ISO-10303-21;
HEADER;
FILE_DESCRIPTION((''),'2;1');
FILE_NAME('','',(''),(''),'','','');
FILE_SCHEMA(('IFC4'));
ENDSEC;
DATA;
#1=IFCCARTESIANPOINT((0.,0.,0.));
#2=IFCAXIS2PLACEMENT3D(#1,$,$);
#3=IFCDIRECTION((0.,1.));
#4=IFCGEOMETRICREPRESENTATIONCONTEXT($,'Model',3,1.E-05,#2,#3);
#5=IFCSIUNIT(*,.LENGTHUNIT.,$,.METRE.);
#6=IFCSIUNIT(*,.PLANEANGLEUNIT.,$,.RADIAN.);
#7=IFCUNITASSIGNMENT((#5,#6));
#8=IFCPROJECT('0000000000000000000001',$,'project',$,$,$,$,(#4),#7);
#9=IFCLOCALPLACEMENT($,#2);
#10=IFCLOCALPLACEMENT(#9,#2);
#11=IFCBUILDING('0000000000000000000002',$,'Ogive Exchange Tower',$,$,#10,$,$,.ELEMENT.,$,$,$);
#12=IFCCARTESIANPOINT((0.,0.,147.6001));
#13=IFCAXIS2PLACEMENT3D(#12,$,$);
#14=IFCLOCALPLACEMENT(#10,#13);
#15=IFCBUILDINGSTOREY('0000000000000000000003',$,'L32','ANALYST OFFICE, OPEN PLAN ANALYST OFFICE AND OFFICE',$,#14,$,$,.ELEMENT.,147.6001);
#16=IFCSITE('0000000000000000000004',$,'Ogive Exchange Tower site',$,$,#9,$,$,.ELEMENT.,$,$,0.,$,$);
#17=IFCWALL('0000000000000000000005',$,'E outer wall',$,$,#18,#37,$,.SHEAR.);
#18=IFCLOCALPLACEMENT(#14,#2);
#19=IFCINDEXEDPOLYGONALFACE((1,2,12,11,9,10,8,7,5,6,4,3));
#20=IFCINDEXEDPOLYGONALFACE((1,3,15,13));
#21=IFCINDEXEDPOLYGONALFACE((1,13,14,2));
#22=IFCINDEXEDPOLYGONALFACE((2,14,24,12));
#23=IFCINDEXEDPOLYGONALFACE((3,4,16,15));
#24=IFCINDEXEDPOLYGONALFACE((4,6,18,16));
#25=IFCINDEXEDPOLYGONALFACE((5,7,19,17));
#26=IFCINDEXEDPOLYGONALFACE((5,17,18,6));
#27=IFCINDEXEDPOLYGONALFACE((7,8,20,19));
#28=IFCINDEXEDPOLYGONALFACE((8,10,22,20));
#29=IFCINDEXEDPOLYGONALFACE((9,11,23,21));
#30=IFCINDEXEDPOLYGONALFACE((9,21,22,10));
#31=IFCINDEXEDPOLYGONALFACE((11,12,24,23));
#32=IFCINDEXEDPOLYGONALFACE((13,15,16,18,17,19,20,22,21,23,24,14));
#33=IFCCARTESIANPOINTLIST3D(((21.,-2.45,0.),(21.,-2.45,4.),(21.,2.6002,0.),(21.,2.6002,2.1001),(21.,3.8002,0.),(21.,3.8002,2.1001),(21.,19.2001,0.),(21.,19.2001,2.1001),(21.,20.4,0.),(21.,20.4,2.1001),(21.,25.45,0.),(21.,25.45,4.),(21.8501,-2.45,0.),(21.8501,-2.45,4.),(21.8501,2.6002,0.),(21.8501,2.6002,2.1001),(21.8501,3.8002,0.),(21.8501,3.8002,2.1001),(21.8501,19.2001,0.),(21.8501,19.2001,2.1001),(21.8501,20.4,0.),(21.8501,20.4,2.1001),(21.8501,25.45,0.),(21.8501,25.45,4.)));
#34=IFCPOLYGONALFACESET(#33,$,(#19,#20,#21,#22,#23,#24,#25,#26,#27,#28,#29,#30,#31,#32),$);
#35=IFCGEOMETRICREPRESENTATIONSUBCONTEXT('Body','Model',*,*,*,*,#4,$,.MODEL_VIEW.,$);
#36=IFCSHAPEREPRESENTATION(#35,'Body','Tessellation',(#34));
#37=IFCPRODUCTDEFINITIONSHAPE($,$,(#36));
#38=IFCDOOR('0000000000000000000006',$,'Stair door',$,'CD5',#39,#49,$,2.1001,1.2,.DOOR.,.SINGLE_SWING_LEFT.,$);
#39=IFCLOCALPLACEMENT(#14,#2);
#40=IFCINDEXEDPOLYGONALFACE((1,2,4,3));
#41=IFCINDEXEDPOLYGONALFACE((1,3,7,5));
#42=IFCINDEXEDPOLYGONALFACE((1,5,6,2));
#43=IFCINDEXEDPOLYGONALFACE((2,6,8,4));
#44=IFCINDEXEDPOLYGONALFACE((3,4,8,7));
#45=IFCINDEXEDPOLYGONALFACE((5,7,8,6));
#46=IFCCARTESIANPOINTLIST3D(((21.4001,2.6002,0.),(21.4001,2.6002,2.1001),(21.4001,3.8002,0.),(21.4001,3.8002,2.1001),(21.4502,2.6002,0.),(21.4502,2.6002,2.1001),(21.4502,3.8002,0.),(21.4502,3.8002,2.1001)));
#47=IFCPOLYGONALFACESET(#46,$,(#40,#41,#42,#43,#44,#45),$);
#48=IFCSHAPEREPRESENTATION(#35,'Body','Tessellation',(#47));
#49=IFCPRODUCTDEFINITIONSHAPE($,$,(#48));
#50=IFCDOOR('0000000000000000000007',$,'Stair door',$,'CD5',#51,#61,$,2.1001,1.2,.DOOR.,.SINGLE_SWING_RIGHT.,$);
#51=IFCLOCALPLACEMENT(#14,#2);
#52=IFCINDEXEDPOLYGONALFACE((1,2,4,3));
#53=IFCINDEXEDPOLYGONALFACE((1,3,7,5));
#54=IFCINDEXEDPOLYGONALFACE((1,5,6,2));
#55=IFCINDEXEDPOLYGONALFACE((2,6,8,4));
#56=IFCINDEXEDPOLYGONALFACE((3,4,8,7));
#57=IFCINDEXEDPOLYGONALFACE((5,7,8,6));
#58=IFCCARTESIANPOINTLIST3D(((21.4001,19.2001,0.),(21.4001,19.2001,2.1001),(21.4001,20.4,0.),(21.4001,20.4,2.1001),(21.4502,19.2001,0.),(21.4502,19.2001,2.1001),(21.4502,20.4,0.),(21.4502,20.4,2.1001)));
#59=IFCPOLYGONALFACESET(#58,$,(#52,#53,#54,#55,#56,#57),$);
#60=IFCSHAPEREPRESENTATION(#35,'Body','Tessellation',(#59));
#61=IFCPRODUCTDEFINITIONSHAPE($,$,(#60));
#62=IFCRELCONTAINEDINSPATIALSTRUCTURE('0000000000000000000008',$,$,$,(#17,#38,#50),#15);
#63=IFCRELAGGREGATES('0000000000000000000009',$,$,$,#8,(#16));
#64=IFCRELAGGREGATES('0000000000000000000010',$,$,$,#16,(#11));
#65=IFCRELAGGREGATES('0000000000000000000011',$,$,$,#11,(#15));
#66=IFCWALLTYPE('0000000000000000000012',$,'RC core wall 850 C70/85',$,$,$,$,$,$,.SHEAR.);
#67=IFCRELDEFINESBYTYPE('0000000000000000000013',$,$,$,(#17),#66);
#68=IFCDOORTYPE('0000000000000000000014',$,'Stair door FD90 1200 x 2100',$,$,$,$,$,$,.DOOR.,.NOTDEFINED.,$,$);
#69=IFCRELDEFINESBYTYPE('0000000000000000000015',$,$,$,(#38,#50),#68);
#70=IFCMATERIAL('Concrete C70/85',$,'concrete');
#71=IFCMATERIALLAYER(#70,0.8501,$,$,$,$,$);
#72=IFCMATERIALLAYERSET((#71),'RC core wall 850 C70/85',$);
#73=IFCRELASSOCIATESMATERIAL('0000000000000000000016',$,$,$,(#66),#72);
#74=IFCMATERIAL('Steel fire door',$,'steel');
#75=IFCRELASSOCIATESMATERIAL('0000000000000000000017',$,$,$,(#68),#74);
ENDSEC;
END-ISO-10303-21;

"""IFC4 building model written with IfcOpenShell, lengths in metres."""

from ifc_helpers import new_model, si_unit, direction, frame, frame_2d, origin, place, context, subcontext, project, spatial, rectangle, extrude, material, layer, layer_set, type_object, element, fill, save


model = new_model("IFC4")

# Units and contexts
model_context = context("Model", 3, precision=1e-05, world=origin(), true_north=direction((0.0, 1.0)))
body_context = subcontext(model_context, "Body", "Model", "MODEL_VIEW")
ifc_project = project(units=[si_unit("LENGTHUNIT", "METRE"), si_unit("PLANEANGLEUNIT", "RADIAN")], contexts=[model_context])

# Site, building, storey
site_placement = place(None, origin())
site = spatial("IfcSite", under=ifc_project, at=site_placement, Name="Ogive Exchange Tower site", CompositionType="ELEMENT", RefElevation=0.0)
building_placement = place(site_placement, origin())
building = spatial("IfcBuilding", under=site, at=building_placement, Name="Ogive Exchange Tower", CompositionType="ELEMENT")
storey_placement = place(building_placement, frame((0.0, 0.0, 147.6001)))
storey = spatial("IfcBuildingStorey", under=building, at=storey_placement, Name="L32", Description="ANALYST OFFICE, OPEN PLAN ANALYST OFFICE AND OFFICE", CompositionType="ELEMENT", Elevation=147.6001)

# Wall, openings, doors
ifc_material_1 = material(Name="Concrete C70/85", Category="concrete")
ifc_layer_1 = layer(ifc_material_1, 0.8501)
ifc_layer_set_1 = layer_set([ifc_layer_1], Name="RC core wall 850 C70/85")
wall_type_1 = type_object("IfcWallType", Name="RC core wall 850 C70/85", PredefinedType="SHEAR", material=ifc_layer_set_1)
wall_1_placement = place(storey_placement, frame((21.425, -2.45, 0.0), z_axis=(0.0, 0.0, 1.0), x_axis=(0.0, 1.0, 0.0)))
wall_1 = element("IfcWall", 1, at=wall_1_placement, inside=storey, type_object=wall_type_1, Name="E outer wall", PredefinedType="SHEAR", context=body_context, shape_type="SweptSolid", body=[
    extrude(rectangle(XDim=27.8999, YDim=0.8501, at=frame_2d((13.95, 0.0))), origin(), (0.0, 0.0, 1.0), 4.0),
])
opening_1_placement = place(wall_1_placement, frame((5.05, 0.0, 0.0)))
opening_1 = element("IfcOpeningElement", 2, at=opening_1_placement, cuts=wall_1, PredefinedType="OPENING", context=body_context, shape_type="SweptSolid", body=[
    extrude(rectangle(XDim=1.2, YDim=2.1001, at=frame_2d((0.6001, 1.05))), frame((0.0, 0.4351, 0.0), z_axis=(0.0, -1.0, 0.0), x_axis=(1.0, 0.0, 0.0)), (0.0, 0.0, 1.0), 0.8701),
])
opening_2_placement = place(wall_1_placement, frame((21.6499, 0.0, 0.0)))
opening_2 = element("IfcOpeningElement", 3, at=opening_2_placement, cuts=wall_1, PredefinedType="OPENING", context=body_context, shape_type="SweptSolid", body=[
    extrude(rectangle(XDim=1.2, YDim=2.1001, at=frame_2d((0.6001, 1.05))), frame((0.0, 0.4351, 0.0), z_axis=(0.0, -1.0, 0.0), x_axis=(1.0, 0.0, 0.0)), (0.0, 0.0, 1.0), 0.8701),
])
ifc_material_2 = material(Name="Steel fire door", Category="steel")
door_type_1 = type_object("IfcDoorType", Name="Stair door FD90 1200 x 2100", OperationType="NOTDEFINED", PredefinedType="DOOR", material=ifc_material_2)
door_1_placement = place(opening_1_placement, origin())
door_1 = element("IfcDoor", 4, at=door_1_placement, inside=storey, type_object=door_type_1, Name="Stair door", ObjectType="CD5", OperationType="SINGLE_SWING_LEFT", OverallHeight=2.1001, OverallWidth=1.2, PredefinedType="DOOR", context=body_context, shape_type="SweptSolid", body=[
    extrude(rectangle(XDim=1.2, YDim=2.1001, at=frame_2d((0.6001, 1.05))), frame((0.0, 0.0249, 0.0), z_axis=(0.0, -1.0, 0.0), x_axis=(1.0, 0.0, 0.0)), (0.0, 0.0, 1.0), 0.05),
])
fill(opening_1, door_1)
door_2_placement = place(opening_2_placement, origin())
door_2 = element("IfcDoor", 5, at=door_2_placement, inside=storey, type_object=door_type_1, Name="Stair door", ObjectType="CD5", OperationType="SINGLE_SWING_RIGHT", OverallHeight=2.1001, OverallWidth=1.2, PredefinedType="DOOR", context=body_context, shape_type="SweptSolid", body=[
    extrude(rectangle(XDim=1.2, YDim=2.1001, at=frame_2d((0.6001, 1.05))), frame((0.0, 0.0249, 0.0), z_axis=(0.0, -1.0, 0.0), x_axis=(1.0, 0.0, 0.0)), (0.0, 0.0, 1.0), 0.05),
])
fill(opening_2, door_2)

save(model, "model.ifc")
